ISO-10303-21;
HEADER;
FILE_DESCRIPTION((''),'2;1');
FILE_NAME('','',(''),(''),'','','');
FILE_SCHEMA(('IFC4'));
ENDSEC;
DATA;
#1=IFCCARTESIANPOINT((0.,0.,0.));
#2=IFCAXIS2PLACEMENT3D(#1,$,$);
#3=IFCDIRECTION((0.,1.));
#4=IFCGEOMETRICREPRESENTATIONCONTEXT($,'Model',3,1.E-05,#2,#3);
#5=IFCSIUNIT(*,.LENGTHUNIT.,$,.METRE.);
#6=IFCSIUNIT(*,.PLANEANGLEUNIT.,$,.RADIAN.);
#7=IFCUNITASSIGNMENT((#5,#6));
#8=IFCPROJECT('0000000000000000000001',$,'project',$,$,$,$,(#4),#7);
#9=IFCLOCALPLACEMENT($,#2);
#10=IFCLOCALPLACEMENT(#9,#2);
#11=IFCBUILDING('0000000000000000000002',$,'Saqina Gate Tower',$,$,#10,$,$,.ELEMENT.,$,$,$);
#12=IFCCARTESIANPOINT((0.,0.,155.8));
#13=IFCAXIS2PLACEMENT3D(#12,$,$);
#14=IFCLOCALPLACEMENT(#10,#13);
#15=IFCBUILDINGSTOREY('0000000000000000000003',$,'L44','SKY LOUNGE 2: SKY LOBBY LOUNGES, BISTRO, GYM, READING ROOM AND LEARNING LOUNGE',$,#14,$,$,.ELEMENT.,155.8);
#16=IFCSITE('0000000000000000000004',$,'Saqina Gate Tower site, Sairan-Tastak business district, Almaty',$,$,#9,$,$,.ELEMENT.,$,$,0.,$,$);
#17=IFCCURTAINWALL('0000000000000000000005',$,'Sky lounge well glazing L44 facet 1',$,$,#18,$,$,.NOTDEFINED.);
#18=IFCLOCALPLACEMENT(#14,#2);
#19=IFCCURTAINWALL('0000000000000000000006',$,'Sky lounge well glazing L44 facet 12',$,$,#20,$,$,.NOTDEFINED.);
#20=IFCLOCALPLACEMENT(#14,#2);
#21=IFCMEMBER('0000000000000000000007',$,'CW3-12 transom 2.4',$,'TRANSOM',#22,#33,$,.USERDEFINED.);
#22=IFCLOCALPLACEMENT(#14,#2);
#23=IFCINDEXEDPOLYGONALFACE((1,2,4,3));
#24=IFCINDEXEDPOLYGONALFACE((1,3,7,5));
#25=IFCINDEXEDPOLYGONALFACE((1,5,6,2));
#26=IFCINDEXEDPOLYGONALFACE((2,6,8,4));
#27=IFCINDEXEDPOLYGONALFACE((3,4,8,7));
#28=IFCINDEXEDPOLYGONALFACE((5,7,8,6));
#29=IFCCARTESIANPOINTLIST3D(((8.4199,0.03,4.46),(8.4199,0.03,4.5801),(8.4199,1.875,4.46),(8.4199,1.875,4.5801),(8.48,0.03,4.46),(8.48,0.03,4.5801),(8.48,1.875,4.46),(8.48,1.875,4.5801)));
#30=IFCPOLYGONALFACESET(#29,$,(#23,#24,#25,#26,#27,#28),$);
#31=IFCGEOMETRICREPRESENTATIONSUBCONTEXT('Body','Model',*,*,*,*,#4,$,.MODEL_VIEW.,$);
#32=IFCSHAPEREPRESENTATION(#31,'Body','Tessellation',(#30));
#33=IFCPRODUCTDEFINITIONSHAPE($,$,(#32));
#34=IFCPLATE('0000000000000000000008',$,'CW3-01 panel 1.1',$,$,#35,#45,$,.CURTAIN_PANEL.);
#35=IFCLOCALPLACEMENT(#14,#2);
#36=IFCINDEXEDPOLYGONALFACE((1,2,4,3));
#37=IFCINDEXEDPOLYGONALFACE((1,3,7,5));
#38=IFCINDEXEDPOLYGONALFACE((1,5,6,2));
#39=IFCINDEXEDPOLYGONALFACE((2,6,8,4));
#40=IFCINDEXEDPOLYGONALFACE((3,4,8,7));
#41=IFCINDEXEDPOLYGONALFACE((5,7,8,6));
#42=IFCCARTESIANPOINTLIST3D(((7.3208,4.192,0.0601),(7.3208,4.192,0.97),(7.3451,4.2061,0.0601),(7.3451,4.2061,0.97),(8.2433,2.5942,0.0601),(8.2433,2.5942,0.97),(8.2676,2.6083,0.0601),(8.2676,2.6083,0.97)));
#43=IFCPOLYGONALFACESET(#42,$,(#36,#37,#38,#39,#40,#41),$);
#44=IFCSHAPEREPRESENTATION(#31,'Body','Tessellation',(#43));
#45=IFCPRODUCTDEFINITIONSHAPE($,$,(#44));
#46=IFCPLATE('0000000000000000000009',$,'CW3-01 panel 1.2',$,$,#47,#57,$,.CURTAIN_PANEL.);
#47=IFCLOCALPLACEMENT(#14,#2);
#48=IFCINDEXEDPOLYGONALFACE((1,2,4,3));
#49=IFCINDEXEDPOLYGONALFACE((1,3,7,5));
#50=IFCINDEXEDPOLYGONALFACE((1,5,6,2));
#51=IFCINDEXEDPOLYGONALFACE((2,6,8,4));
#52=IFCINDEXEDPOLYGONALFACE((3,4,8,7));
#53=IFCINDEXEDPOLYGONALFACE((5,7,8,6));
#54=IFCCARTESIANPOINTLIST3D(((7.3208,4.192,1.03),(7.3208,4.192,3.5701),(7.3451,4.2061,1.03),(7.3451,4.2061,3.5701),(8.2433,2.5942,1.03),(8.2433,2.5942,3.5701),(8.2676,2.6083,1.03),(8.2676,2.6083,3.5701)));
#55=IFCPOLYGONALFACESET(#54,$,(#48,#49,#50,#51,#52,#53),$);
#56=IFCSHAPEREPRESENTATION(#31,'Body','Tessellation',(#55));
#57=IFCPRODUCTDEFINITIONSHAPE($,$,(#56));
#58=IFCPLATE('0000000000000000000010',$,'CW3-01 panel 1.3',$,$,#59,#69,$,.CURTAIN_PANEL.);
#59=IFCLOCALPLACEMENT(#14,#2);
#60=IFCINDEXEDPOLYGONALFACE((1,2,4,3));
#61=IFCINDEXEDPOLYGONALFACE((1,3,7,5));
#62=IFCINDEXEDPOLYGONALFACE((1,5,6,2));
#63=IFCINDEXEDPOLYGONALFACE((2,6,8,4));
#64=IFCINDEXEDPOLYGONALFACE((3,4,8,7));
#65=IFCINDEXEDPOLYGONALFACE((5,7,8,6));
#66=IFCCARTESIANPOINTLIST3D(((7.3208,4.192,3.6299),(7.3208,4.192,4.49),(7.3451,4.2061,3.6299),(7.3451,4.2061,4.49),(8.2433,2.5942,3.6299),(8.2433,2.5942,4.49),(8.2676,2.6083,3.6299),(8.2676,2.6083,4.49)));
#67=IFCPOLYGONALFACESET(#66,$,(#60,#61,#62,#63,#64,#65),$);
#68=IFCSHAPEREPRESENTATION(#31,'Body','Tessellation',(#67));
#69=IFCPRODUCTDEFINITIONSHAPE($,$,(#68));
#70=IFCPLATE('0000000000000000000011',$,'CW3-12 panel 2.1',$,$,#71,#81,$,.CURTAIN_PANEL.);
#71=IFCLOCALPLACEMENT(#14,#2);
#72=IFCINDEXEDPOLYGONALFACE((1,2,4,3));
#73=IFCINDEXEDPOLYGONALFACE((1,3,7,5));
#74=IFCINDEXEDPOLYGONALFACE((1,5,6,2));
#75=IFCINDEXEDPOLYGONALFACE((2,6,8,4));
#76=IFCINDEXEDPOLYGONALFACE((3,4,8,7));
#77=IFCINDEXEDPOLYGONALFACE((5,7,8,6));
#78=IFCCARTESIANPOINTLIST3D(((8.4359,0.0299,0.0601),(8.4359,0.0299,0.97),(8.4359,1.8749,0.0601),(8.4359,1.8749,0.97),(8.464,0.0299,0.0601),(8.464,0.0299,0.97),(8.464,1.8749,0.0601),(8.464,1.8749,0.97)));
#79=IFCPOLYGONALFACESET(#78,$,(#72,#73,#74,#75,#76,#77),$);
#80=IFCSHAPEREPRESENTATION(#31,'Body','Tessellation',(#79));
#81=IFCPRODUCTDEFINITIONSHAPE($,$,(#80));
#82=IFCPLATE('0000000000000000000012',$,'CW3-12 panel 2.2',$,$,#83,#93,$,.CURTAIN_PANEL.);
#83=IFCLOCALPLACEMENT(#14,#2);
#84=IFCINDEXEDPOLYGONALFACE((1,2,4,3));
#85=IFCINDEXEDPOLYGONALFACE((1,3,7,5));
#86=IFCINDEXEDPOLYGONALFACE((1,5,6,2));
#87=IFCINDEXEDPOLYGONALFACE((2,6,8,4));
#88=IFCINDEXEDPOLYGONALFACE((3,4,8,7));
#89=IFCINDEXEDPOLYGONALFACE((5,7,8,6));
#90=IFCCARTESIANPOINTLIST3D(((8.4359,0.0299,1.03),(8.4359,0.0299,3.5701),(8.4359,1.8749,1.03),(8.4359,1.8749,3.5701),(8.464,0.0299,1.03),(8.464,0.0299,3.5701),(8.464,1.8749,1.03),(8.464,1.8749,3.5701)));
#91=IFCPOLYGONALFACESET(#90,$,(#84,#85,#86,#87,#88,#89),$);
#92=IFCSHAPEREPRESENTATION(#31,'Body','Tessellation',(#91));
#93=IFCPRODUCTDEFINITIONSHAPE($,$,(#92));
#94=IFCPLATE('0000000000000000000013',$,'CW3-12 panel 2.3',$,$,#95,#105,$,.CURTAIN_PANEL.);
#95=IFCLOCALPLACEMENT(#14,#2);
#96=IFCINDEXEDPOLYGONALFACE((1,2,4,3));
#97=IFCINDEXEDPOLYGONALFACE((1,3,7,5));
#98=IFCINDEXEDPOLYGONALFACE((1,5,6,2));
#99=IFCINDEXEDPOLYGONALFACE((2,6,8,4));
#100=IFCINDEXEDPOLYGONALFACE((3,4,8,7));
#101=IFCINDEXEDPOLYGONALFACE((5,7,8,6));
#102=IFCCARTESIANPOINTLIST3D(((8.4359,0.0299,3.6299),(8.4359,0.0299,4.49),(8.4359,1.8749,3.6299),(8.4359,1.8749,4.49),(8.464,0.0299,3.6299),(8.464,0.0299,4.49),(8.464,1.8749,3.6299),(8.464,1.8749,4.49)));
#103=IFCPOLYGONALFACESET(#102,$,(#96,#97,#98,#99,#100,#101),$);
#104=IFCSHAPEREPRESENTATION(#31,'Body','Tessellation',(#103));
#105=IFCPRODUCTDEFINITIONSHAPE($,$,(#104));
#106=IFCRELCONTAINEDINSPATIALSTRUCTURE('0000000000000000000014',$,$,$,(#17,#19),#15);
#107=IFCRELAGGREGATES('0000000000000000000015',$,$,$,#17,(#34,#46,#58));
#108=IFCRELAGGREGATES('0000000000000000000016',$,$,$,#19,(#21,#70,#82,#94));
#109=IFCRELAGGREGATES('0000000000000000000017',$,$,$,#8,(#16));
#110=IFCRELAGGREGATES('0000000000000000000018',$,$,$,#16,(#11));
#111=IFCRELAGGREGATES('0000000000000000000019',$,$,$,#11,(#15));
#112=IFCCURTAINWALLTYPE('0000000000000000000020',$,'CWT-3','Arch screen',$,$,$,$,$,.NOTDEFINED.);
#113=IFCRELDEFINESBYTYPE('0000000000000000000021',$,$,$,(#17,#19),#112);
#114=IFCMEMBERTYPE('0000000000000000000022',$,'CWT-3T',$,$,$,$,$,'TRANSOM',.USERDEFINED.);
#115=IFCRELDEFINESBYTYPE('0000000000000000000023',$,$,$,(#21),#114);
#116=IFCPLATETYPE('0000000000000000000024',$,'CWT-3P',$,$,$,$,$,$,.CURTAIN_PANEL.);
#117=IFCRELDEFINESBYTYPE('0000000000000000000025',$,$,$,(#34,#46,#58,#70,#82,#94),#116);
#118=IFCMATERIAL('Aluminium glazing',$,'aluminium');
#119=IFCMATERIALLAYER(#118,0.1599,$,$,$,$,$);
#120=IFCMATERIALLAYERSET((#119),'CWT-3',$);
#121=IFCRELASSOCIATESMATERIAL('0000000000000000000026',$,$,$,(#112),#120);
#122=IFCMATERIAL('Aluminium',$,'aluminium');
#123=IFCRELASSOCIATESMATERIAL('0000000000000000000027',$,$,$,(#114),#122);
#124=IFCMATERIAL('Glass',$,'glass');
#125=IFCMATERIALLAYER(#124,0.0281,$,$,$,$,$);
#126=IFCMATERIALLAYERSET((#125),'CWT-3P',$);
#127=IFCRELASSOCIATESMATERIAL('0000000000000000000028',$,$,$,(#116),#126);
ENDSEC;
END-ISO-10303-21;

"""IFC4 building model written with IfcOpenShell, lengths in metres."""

from ifc_helpers import new_model, si_unit, direction, frame, origin, origin_2d, place, context, subcontext, project, spatial, rectangle, extrude, material, layer, layer_set, material_profile, profile_set, type_object, element, aggregate, save


model = new_model("IFC4")

# Units and contexts
model_context = context("Model", 3, precision=1e-05, world=origin(), true_north=direction((0.0, 1.0)))
body_context = subcontext(model_context, "Body", "Model", "MODEL_VIEW")
ifc_project = project(units=[si_unit("LENGTHUNIT", "METRE"), si_unit("PLANEANGLEUNIT", "RADIAN")], contexts=[model_context])

# Site, building, storey
site_placement = place(None, origin())
site = spatial("IfcSite", under=ifc_project, at=site_placement, Name="Saqina Gate Tower site, Sairan-Tastak business district, Almaty", CompositionType="ELEMENT", RefElevation=0.0)
building_placement = place(site_placement, origin())
building = spatial("IfcBuilding", under=site, at=building_placement, Name="Saqina Gate Tower", CompositionType="ELEMENT")
storey_placement = place(building_placement, frame((0.0, 0.0, 155.8)))
storey = spatial("IfcBuildingStorey", under=building, at=storey_placement, Name="L44", Description="SKY LOUNGE 2: SKY LOBBY LOUNGES, BISTRO, GYM, READING ROOM AND LEARNING LOUNGE", CompositionType="ELEMENT", Elevation=155.8)

# Curtain wall
ifc_material_1 = material(Name="Aluminium glazing", Category="aluminium")
ifc_layer_1 = layer(ifc_material_1, 0.1599)
ifc_layer_set_1 = layer_set([ifc_layer_1], Name="CWT-3")
curtain_wall_type = type_object("IfcCurtainWallType", Name="CWT-3", Description="Arch screen", PredefinedType="NOTDEFINED", material=ifc_layer_set_1)
curtain_wall_1_placement = place(storey_placement, origin())
curtain_wall_1 = element("IfcCurtainWall", 1, at=curtain_wall_1_placement, inside=storey, type_object=curtain_wall_type, Name="Sky lounge well glazing L44 facet 1", PredefinedType="NOTDEFINED")

# Curtain wall
curtain_wall_2_placement = place(storey_placement, origin())
curtain_wall_2 = element("IfcCurtainWall", 2, at=curtain_wall_2_placement, inside=storey, type_object=curtain_wall_type, Name="Sky lounge well glazing L44 facet 12", PredefinedType="NOTDEFINED")

# Member
ifc_material_2 = material(Name="Aluminium", Category="aluminium")
ifc_material_profile_1 = material_profile(ifc_material_2, rectangle(XDim=0.0601, YDim=0.1201, at=origin_2d()), Name="Aluminium 60x120")
ifc_profile_set_1 = profile_set([ifc_material_profile_1], Name="Aluminium")
member_type_1 = type_object("IfcMemberType", Name="CWT-3T", ElementType="TRANSOM", PredefinedType="USERDEFINED", material=ifc_profile_set_1)
member_1_placement = place(storey_placement, frame((8.45, 0.03, 4.52), z_axis=(0.0, 1.0, 0.0), x_axis=(-1.0, 0.0, 0.0)))
member_1 = element("IfcMember", 3, at=member_1_placement, type_object=member_type_1, Name="CW3-12 transom 2.4", ObjectType="TRANSOM", PredefinedType="USERDEFINED", context=body_context, shape_type="SweptSolid", body=[
    extrude(rectangle(XDim=0.0601, YDim=0.1201, at=origin_2d()), origin(), (0.0, 0.0, 1.0), 1.845),
])

# Plates
ifc_material_3 = material(Name="Glass", Category="glass")
ifc_layer_2 = layer(ifc_material_3, 0.0281)
ifc_layer_set_2 = layer_set([ifc_layer_2], Name="CWT-3P")
plate_type = type_object("IfcPlateType", Name="CWT-3P", PredefinedType="CURTAIN_PANEL", material=ifc_layer_set_2)
plate_1_placement = place(storey_placement, frame((7.7942, 3.4001, 0.0601), z_axis=(0.0, 0.0, 1.0), x_axis=(-0.500013, 0.866018, 0.0)))
plate_1 = element("IfcPlate", 4, at=plate_1_placement, type_object=plate_type, Name="CW3-01 panel 1.1", PredefinedType="CURTAIN_PANEL", context=body_context, shape_type="SweptSolid", body=[
    extrude(rectangle(XDim=1.845, YDim=0.0281, at=origin_2d()), origin(), (0.0, 0.0, 1.0), 0.9099),
])
plate_2_placement = place(storey_placement, frame((7.7942, 3.4001, 1.03), z_axis=(0.0, 0.0, 1.0), x_axis=(-0.500013, 0.866018, 0.0)))
plate_2 = element("IfcPlate", 5, at=plate_2_placement, type_object=plate_type, Name="CW3-01 panel 1.2", PredefinedType="CURTAIN_PANEL", context=body_context, shape_type="SweptSolid", body=[
    extrude(rectangle(XDim=1.845, YDim=0.0281, at=origin_2d()), origin(), (0.0, 0.0, 1.0), 2.54),
])
plate_3_placement = place(storey_placement, frame((7.7942, 3.4001, 3.6299), z_axis=(0.0, 0.0, 1.0), x_axis=(-0.500013, 0.866018, 0.0)))
plate_3 = element("IfcPlate", 6, at=plate_3_placement, type_object=plate_type, Name="CW3-01 panel 1.3", PredefinedType="CURTAIN_PANEL", context=body_context, shape_type="SweptSolid", body=[
    extrude(rectangle(XDim=1.845, YDim=0.0281, at=origin_2d()), origin(), (0.0, 0.0, 1.0), 0.8601),
])
aggregate(curtain_wall_1, [plate_1, plate_2, plate_3])
plate_4_placement = place(storey_placement, frame((8.45, 0.9524, 0.0601), z_axis=(0.0, 0.0, 1.0), x_axis=(0.0, 1.0, 0.0)))
plate_4 = element("IfcPlate", 7, at=plate_4_placement, type_object=plate_type, Name="CW3-12 panel 2.1", PredefinedType="CURTAIN_PANEL", context=body_context, shape_type="SweptSolid", body=[
    extrude(rectangle(XDim=1.845, YDim=0.0281, at=origin_2d()), origin(), (0.0, 0.0, 1.0), 0.9099),
])
plate_5_placement = place(storey_placement, frame((8.45, 0.9524, 1.03), z_axis=(0.0, 0.0, 1.0), x_axis=(0.0, 1.0, 0.0)))
plate_5 = element("IfcPlate", 8, at=plate_5_placement, type_object=plate_type, Name="CW3-12 panel 2.2", PredefinedType="CURTAIN_PANEL", context=body_context, shape_type="SweptSolid", body=[
    extrude(rectangle(XDim=1.845, YDim=0.0281, at=origin_2d()), origin(), (0.0, 0.0, 1.0), 2.54),
])
plate_6_placement = place(storey_placement, frame((8.45, 0.9524, 3.6299), z_axis=(0.0, 0.0, 1.0), x_axis=(0.0, 1.0, 0.0)))
plate_6 = element("IfcPlate", 9, at=plate_6_placement, type_object=plate_type, Name="CW3-12 panel 2.3", PredefinedType="CURTAIN_PANEL", context=body_context, shape_type="SweptSolid", body=[
    extrude(rectangle(XDim=1.845, YDim=0.0281, at=origin_2d()), origin(), (0.0, 0.0, 1.0), 0.8601),
])
aggregate(curtain_wall_2, [member_1, plate_4, plate_5, plate_6])

save(model, "model.ifc")
